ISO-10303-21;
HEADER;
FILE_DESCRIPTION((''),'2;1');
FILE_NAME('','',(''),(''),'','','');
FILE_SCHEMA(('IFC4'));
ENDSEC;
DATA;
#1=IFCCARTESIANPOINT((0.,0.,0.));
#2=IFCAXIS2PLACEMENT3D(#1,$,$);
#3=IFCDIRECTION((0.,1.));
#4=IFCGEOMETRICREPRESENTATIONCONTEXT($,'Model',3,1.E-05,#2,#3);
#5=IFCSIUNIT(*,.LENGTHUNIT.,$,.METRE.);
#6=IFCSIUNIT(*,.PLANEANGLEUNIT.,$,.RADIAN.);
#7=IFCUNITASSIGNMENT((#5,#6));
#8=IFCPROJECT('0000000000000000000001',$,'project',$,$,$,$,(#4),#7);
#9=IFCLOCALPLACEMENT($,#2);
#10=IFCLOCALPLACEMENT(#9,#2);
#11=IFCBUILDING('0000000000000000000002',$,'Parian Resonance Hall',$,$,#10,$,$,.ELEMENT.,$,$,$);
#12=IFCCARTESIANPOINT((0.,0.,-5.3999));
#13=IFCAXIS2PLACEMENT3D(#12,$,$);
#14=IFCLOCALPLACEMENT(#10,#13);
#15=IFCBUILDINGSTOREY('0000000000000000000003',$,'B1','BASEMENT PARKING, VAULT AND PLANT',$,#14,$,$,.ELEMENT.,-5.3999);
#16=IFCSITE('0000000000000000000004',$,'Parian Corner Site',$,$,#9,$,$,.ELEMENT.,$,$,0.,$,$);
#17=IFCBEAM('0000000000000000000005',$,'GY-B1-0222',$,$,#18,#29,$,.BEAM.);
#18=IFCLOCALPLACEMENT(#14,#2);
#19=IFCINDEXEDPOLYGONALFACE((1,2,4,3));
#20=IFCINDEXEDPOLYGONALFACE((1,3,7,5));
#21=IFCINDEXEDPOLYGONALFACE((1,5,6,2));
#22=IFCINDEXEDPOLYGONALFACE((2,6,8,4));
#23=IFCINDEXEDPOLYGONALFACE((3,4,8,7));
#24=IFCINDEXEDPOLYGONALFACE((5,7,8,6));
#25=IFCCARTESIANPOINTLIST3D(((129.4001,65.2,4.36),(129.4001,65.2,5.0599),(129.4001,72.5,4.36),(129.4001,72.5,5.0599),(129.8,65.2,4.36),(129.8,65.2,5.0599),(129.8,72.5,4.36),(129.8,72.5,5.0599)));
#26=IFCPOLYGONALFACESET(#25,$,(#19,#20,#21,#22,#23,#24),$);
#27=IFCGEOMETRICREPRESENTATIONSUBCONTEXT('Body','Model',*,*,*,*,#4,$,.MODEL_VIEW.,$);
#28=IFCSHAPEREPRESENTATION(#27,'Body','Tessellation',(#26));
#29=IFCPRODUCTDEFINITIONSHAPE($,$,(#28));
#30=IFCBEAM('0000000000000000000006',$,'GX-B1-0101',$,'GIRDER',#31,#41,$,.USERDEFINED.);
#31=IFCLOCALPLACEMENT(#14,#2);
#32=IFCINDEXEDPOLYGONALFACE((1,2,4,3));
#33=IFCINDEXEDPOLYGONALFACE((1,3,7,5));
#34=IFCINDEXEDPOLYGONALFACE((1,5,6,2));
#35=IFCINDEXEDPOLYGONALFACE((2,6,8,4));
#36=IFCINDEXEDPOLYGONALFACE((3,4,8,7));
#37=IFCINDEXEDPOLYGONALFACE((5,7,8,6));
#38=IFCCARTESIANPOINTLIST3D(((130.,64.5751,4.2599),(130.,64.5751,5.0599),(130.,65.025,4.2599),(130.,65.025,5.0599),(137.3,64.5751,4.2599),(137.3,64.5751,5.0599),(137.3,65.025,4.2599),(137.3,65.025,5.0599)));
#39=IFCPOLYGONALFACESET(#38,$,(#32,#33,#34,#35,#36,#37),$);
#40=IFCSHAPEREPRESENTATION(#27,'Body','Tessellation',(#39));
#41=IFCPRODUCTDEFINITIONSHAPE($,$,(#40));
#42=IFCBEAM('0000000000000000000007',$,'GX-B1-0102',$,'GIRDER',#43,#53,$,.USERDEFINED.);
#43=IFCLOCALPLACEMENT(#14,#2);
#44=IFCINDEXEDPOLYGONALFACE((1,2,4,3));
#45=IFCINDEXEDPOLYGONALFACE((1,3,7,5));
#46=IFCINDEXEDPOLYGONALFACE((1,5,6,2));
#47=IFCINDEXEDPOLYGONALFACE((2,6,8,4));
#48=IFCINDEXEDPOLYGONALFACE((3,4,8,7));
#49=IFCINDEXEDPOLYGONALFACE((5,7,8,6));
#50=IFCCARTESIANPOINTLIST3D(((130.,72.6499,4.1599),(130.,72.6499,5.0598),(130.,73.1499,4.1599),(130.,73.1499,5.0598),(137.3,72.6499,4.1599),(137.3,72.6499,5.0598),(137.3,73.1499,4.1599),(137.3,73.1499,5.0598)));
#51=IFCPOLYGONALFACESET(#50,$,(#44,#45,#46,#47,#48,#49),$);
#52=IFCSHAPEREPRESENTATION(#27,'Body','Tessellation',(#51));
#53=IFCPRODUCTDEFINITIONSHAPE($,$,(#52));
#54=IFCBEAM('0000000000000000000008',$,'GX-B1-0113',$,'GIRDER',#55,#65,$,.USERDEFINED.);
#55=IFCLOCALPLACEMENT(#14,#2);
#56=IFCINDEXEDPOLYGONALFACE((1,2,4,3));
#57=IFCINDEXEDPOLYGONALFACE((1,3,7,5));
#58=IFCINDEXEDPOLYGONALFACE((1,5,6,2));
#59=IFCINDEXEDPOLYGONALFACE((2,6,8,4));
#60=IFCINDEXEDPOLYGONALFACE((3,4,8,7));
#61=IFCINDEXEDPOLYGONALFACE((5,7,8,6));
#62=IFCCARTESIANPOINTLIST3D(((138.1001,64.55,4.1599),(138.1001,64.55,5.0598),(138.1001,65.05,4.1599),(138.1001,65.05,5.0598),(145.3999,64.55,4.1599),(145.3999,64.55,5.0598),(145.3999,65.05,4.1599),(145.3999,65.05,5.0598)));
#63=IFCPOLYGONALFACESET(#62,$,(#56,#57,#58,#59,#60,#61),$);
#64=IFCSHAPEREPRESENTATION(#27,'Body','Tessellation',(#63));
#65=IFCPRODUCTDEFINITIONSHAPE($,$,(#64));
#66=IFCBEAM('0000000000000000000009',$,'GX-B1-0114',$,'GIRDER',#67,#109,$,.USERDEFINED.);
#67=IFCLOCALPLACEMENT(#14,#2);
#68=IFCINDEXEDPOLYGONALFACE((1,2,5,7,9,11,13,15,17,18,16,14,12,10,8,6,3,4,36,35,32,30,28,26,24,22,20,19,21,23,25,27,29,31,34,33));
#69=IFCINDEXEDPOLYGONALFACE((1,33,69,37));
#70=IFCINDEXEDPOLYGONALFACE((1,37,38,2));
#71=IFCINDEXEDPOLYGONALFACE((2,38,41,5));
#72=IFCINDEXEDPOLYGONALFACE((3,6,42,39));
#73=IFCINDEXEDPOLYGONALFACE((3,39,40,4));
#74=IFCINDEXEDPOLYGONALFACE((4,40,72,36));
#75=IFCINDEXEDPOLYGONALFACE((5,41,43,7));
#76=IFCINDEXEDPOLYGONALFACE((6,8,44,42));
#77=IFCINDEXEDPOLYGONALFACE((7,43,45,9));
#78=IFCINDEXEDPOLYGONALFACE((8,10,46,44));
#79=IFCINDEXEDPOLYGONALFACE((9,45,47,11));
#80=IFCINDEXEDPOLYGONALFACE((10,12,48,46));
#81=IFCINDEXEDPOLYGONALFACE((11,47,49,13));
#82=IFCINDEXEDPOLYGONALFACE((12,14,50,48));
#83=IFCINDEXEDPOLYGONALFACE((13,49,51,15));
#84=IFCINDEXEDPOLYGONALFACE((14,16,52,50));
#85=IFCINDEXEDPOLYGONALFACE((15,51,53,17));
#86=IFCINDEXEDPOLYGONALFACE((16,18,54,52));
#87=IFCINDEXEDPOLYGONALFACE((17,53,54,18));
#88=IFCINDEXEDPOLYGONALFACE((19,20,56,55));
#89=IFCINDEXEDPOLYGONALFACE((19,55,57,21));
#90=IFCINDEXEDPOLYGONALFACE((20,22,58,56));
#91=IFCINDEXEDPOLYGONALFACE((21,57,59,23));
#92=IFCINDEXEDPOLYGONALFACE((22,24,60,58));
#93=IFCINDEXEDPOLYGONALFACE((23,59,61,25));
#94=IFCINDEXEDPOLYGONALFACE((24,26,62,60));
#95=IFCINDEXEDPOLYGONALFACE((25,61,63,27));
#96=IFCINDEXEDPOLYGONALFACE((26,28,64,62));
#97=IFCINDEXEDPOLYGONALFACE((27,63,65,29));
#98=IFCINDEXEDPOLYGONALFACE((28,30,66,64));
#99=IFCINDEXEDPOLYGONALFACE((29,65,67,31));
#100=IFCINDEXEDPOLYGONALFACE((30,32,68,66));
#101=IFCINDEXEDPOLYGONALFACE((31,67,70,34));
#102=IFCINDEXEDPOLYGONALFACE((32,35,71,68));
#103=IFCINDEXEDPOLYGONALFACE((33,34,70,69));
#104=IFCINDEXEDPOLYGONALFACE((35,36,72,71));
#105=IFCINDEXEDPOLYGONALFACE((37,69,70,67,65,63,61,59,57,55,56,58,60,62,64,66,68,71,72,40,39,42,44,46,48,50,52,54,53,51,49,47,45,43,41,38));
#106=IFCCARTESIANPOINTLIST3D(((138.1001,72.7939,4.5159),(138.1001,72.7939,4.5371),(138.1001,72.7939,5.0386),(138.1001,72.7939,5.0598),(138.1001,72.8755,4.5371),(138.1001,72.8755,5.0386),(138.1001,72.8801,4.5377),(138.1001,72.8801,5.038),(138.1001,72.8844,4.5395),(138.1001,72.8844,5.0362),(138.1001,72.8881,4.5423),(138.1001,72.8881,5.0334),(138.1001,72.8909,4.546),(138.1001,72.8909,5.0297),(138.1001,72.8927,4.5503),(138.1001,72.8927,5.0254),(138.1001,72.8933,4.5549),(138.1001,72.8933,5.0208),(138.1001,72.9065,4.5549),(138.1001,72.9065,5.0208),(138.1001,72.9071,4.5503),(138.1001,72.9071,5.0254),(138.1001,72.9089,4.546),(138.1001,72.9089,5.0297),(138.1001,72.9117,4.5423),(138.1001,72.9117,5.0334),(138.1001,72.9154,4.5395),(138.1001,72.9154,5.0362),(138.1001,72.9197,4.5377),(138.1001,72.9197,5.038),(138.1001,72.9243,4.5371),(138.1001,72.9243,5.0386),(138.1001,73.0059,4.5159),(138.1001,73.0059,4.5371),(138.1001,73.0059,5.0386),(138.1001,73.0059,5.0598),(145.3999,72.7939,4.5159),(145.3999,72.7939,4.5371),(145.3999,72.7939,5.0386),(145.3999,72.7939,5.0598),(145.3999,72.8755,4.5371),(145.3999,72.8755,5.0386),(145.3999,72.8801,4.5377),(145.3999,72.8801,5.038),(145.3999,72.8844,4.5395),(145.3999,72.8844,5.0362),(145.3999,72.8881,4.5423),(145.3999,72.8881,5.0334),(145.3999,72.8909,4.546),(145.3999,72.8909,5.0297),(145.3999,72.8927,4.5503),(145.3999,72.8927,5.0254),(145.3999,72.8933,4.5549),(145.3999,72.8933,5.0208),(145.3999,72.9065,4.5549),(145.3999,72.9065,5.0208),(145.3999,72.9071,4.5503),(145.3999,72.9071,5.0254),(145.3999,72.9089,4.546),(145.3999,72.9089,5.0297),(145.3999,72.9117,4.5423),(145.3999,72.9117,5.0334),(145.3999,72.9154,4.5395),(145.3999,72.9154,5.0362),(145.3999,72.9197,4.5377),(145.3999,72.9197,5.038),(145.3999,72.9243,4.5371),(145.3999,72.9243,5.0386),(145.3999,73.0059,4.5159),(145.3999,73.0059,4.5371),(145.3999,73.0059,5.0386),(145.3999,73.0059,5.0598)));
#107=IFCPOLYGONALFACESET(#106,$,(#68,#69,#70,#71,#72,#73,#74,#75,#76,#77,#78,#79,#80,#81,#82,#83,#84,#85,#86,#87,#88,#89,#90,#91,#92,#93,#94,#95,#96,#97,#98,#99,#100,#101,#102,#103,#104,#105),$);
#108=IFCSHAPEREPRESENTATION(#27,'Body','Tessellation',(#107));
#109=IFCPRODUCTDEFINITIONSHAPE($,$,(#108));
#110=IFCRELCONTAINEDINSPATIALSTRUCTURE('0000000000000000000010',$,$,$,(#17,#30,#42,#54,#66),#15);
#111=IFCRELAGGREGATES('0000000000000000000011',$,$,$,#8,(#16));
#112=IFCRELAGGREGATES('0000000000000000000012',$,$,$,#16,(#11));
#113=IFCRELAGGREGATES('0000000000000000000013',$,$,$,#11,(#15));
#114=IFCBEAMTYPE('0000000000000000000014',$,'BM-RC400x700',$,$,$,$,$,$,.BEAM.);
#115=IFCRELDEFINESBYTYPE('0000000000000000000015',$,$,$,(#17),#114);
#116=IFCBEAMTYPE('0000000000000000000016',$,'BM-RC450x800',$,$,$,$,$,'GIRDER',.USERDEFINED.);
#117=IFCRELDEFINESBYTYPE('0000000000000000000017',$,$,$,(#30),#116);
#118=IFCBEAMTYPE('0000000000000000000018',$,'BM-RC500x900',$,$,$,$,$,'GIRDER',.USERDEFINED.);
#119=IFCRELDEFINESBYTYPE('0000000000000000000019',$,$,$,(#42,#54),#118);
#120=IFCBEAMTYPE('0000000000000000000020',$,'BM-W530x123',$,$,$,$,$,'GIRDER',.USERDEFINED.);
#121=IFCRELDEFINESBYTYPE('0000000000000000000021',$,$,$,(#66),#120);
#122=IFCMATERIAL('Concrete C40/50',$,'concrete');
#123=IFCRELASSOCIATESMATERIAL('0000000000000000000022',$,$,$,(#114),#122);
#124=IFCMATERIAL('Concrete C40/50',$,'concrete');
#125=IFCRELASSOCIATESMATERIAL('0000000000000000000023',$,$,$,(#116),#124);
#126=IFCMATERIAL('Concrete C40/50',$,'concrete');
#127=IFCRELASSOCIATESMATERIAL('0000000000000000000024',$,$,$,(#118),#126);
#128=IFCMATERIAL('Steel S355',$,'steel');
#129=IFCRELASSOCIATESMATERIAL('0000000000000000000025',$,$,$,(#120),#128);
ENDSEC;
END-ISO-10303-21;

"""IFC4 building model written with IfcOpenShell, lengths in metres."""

from ifc_helpers import new_model, si_unit, direction, frame, origin, origin_2d, place, context, subcontext, project, spatial, rectangle, i_section, extrude, material, material_profile, profile_set, type_object, element, save


model = new_model("IFC4")

# Units and contexts
model_context = context("Model", 3, precision=1e-05, world=origin(), true_north=direction((0.0, 1.0)))
body_context = subcontext(model_context, "Body", "Model", "MODEL_VIEW")
ifc_project = project(units=[si_unit("LENGTHUNIT", "METRE"), si_unit("PLANEANGLEUNIT", "RADIAN")], contexts=[model_context])

# Site, building, storey
site_placement = place(None, origin())
site = spatial("IfcSite", under=ifc_project, at=site_placement, Name="Parian Corner Site", CompositionType="ELEMENT", RefElevation=0.0)
building_placement = place(site_placement, origin())
building = spatial("IfcBuilding", under=site, at=building_placement, Name="Parian Resonance Hall", CompositionType="ELEMENT")
storey_placement = place(building_placement, frame((0.0, 0.0, -5.3999)))
storey = spatial("IfcBuildingStorey", under=building, at=storey_placement, Name="B1", Description="BASEMENT PARKING, VAULT AND PLANT", CompositionType="ELEMENT", Elevation=-5.3999)

# Beams
ifc_material_1 = material(Name="Concrete C40/50", Category="concrete")
ifc_material_profile_1 = material_profile(ifc_material_1, rectangle(XDim=0.3999, YDim=0.7, at=origin_2d()), Name="RC-BM-400x700")
ifc_profile_set_1 = profile_set([ifc_material_profile_1], Name="Concrete C40/50")
beam_type_1 = type_object("IfcBeamType", Name="BM-RC400x700", PredefinedType="BEAM", material=ifc_profile_set_1)
beam_1_placement = place(storey_placement, frame((129.6001, 65.2, 4.71), z_axis=(0.0, 1.0, 0.0), x_axis=(-1.0, 0.0, 0.0)))
element("IfcBeam", 1, at=beam_1_placement, inside=storey, type_object=beam_type_1, Name="GY-B1-0222", PredefinedType="BEAM", context=body_context, shape_type="SweptSolid", body=[
    extrude(rectangle(XDim=0.3999, YDim=0.7, at=origin_2d()), origin(), (0.0, 0.0, 1.0), 7.3),
])
ifc_material_2 = material(Name="Concrete C40/50", Category="concrete")
ifc_material_profile_2 = material_profile(ifc_material_2, rectangle(XDim=0.45, YDim=0.8, at=origin_2d()), Name="RC-BM-450x800")
ifc_profile_set_2 = profile_set([ifc_material_profile_2], Name="Concrete C40/50")
beam_type_2 = type_object("IfcBeamType", Name="BM-RC450x800", ElementType="GIRDER", PredefinedType="USERDEFINED", material=ifc_profile_set_2)
beam_2_placement = place(storey_placement, frame((130.0, 64.8, 4.6599), z_axis=(1.0, 0.0, 0.0), x_axis=(0.0, 1.0, 0.0)))
element("IfcBeam", 2, at=beam_2_placement, inside=storey, type_object=beam_type_2, Name="GX-B1-0101", ObjectType="GIRDER", PredefinedType="USERDEFINED", context=body_context, shape_type="SweptSolid", body=[
    extrude(rectangle(XDim=0.45, YDim=0.8, at=origin_2d()), origin(), (0.0, 0.0, 1.0), 7.3),
])
ifc_material_3 = material(Name="Concrete C40/50", Category="concrete")
ifc_material_profile_3 = material_profile(ifc_material_3, rectangle(XDim=0.5, YDim=0.8999, at=origin_2d()), Name="RC-BM-500x900")
ifc_profile_set_3 = profile_set([ifc_material_profile_3], Name="Concrete C40/50")
beam_type_3 = type_object("IfcBeamType", Name="BM-RC500x900", ElementType="GIRDER", PredefinedType="USERDEFINED", material=ifc_profile_set_3)
beam_3_placement = place(storey_placement, frame((130.0, 72.8999, 4.6099), z_axis=(1.0, 0.0, 0.0), x_axis=(0.0, 1.0, 0.0)))
element("IfcBeam", 3, at=beam_3_placement, inside=storey, type_object=beam_type_3, Name="GX-B1-0102", ObjectType="GIRDER", PredefinedType="USERDEFINED", context=body_context, shape_type="SweptSolid", body=[
    extrude(rectangle(XDim=0.5, YDim=0.8999, at=origin_2d()), origin(), (0.0, 0.0, 1.0), 7.3),
])
beam_4_placement = place(storey_placement, frame((138.1001, 64.8, 4.6099), z_axis=(1.0, 0.0, 0.0), x_axis=(0.0, 1.0, 0.0)))
element("IfcBeam", 4, at=beam_4_placement, inside=storey, type_object=beam_type_3, Name="GX-B1-0113", ObjectType="GIRDER", PredefinedType="USERDEFINED", context=body_context, shape_type="SweptSolid", body=[
    extrude(rectangle(XDim=0.5, YDim=0.8999, at=origin_2d()), origin(), (0.0, 0.0, 1.0), 7.2998),
])
ifc_material_4 = material(Name="Steel S355", Category="steel")
ifc_material_profile_4 = material_profile(ifc_material_4, i_section(OverallWidth=0.2119, OverallDepth=0.5439, WebThickness=0.0132, FlangeThickness=0.0212, FilletRadius=0.0178, at=origin_2d()), Name="W530x123")
ifc_profile_set_4 = profile_set([ifc_material_profile_4], Name="Steel S355")
beam_type_4 = type_object("IfcBeamType", Name="BM-W530x123", ElementType="GIRDER", PredefinedType="USERDEFINED", material=ifc_profile_set_4)
beam_5_placement = place(storey_placement, frame((138.1001, 72.8999, 4.7878), z_axis=(1.0, 0.0, 0.0), x_axis=(0.0, 1.0, 0.0)))
element("IfcBeam", 5, at=beam_5_placement, inside=storey, type_object=beam_type_4, Name="GX-B1-0114", ObjectType="GIRDER", PredefinedType="USERDEFINED", context=body_context, shape_type="SweptSolid", body=[
    extrude(i_section(OverallWidth=0.2119, OverallDepth=0.5439, WebThickness=0.0132, FlangeThickness=0.0212, FilletRadius=0.0178, at=origin_2d()), origin(), (0.0, 0.0, 1.0), 7.2998),
])

save(model, "model.ifc")
